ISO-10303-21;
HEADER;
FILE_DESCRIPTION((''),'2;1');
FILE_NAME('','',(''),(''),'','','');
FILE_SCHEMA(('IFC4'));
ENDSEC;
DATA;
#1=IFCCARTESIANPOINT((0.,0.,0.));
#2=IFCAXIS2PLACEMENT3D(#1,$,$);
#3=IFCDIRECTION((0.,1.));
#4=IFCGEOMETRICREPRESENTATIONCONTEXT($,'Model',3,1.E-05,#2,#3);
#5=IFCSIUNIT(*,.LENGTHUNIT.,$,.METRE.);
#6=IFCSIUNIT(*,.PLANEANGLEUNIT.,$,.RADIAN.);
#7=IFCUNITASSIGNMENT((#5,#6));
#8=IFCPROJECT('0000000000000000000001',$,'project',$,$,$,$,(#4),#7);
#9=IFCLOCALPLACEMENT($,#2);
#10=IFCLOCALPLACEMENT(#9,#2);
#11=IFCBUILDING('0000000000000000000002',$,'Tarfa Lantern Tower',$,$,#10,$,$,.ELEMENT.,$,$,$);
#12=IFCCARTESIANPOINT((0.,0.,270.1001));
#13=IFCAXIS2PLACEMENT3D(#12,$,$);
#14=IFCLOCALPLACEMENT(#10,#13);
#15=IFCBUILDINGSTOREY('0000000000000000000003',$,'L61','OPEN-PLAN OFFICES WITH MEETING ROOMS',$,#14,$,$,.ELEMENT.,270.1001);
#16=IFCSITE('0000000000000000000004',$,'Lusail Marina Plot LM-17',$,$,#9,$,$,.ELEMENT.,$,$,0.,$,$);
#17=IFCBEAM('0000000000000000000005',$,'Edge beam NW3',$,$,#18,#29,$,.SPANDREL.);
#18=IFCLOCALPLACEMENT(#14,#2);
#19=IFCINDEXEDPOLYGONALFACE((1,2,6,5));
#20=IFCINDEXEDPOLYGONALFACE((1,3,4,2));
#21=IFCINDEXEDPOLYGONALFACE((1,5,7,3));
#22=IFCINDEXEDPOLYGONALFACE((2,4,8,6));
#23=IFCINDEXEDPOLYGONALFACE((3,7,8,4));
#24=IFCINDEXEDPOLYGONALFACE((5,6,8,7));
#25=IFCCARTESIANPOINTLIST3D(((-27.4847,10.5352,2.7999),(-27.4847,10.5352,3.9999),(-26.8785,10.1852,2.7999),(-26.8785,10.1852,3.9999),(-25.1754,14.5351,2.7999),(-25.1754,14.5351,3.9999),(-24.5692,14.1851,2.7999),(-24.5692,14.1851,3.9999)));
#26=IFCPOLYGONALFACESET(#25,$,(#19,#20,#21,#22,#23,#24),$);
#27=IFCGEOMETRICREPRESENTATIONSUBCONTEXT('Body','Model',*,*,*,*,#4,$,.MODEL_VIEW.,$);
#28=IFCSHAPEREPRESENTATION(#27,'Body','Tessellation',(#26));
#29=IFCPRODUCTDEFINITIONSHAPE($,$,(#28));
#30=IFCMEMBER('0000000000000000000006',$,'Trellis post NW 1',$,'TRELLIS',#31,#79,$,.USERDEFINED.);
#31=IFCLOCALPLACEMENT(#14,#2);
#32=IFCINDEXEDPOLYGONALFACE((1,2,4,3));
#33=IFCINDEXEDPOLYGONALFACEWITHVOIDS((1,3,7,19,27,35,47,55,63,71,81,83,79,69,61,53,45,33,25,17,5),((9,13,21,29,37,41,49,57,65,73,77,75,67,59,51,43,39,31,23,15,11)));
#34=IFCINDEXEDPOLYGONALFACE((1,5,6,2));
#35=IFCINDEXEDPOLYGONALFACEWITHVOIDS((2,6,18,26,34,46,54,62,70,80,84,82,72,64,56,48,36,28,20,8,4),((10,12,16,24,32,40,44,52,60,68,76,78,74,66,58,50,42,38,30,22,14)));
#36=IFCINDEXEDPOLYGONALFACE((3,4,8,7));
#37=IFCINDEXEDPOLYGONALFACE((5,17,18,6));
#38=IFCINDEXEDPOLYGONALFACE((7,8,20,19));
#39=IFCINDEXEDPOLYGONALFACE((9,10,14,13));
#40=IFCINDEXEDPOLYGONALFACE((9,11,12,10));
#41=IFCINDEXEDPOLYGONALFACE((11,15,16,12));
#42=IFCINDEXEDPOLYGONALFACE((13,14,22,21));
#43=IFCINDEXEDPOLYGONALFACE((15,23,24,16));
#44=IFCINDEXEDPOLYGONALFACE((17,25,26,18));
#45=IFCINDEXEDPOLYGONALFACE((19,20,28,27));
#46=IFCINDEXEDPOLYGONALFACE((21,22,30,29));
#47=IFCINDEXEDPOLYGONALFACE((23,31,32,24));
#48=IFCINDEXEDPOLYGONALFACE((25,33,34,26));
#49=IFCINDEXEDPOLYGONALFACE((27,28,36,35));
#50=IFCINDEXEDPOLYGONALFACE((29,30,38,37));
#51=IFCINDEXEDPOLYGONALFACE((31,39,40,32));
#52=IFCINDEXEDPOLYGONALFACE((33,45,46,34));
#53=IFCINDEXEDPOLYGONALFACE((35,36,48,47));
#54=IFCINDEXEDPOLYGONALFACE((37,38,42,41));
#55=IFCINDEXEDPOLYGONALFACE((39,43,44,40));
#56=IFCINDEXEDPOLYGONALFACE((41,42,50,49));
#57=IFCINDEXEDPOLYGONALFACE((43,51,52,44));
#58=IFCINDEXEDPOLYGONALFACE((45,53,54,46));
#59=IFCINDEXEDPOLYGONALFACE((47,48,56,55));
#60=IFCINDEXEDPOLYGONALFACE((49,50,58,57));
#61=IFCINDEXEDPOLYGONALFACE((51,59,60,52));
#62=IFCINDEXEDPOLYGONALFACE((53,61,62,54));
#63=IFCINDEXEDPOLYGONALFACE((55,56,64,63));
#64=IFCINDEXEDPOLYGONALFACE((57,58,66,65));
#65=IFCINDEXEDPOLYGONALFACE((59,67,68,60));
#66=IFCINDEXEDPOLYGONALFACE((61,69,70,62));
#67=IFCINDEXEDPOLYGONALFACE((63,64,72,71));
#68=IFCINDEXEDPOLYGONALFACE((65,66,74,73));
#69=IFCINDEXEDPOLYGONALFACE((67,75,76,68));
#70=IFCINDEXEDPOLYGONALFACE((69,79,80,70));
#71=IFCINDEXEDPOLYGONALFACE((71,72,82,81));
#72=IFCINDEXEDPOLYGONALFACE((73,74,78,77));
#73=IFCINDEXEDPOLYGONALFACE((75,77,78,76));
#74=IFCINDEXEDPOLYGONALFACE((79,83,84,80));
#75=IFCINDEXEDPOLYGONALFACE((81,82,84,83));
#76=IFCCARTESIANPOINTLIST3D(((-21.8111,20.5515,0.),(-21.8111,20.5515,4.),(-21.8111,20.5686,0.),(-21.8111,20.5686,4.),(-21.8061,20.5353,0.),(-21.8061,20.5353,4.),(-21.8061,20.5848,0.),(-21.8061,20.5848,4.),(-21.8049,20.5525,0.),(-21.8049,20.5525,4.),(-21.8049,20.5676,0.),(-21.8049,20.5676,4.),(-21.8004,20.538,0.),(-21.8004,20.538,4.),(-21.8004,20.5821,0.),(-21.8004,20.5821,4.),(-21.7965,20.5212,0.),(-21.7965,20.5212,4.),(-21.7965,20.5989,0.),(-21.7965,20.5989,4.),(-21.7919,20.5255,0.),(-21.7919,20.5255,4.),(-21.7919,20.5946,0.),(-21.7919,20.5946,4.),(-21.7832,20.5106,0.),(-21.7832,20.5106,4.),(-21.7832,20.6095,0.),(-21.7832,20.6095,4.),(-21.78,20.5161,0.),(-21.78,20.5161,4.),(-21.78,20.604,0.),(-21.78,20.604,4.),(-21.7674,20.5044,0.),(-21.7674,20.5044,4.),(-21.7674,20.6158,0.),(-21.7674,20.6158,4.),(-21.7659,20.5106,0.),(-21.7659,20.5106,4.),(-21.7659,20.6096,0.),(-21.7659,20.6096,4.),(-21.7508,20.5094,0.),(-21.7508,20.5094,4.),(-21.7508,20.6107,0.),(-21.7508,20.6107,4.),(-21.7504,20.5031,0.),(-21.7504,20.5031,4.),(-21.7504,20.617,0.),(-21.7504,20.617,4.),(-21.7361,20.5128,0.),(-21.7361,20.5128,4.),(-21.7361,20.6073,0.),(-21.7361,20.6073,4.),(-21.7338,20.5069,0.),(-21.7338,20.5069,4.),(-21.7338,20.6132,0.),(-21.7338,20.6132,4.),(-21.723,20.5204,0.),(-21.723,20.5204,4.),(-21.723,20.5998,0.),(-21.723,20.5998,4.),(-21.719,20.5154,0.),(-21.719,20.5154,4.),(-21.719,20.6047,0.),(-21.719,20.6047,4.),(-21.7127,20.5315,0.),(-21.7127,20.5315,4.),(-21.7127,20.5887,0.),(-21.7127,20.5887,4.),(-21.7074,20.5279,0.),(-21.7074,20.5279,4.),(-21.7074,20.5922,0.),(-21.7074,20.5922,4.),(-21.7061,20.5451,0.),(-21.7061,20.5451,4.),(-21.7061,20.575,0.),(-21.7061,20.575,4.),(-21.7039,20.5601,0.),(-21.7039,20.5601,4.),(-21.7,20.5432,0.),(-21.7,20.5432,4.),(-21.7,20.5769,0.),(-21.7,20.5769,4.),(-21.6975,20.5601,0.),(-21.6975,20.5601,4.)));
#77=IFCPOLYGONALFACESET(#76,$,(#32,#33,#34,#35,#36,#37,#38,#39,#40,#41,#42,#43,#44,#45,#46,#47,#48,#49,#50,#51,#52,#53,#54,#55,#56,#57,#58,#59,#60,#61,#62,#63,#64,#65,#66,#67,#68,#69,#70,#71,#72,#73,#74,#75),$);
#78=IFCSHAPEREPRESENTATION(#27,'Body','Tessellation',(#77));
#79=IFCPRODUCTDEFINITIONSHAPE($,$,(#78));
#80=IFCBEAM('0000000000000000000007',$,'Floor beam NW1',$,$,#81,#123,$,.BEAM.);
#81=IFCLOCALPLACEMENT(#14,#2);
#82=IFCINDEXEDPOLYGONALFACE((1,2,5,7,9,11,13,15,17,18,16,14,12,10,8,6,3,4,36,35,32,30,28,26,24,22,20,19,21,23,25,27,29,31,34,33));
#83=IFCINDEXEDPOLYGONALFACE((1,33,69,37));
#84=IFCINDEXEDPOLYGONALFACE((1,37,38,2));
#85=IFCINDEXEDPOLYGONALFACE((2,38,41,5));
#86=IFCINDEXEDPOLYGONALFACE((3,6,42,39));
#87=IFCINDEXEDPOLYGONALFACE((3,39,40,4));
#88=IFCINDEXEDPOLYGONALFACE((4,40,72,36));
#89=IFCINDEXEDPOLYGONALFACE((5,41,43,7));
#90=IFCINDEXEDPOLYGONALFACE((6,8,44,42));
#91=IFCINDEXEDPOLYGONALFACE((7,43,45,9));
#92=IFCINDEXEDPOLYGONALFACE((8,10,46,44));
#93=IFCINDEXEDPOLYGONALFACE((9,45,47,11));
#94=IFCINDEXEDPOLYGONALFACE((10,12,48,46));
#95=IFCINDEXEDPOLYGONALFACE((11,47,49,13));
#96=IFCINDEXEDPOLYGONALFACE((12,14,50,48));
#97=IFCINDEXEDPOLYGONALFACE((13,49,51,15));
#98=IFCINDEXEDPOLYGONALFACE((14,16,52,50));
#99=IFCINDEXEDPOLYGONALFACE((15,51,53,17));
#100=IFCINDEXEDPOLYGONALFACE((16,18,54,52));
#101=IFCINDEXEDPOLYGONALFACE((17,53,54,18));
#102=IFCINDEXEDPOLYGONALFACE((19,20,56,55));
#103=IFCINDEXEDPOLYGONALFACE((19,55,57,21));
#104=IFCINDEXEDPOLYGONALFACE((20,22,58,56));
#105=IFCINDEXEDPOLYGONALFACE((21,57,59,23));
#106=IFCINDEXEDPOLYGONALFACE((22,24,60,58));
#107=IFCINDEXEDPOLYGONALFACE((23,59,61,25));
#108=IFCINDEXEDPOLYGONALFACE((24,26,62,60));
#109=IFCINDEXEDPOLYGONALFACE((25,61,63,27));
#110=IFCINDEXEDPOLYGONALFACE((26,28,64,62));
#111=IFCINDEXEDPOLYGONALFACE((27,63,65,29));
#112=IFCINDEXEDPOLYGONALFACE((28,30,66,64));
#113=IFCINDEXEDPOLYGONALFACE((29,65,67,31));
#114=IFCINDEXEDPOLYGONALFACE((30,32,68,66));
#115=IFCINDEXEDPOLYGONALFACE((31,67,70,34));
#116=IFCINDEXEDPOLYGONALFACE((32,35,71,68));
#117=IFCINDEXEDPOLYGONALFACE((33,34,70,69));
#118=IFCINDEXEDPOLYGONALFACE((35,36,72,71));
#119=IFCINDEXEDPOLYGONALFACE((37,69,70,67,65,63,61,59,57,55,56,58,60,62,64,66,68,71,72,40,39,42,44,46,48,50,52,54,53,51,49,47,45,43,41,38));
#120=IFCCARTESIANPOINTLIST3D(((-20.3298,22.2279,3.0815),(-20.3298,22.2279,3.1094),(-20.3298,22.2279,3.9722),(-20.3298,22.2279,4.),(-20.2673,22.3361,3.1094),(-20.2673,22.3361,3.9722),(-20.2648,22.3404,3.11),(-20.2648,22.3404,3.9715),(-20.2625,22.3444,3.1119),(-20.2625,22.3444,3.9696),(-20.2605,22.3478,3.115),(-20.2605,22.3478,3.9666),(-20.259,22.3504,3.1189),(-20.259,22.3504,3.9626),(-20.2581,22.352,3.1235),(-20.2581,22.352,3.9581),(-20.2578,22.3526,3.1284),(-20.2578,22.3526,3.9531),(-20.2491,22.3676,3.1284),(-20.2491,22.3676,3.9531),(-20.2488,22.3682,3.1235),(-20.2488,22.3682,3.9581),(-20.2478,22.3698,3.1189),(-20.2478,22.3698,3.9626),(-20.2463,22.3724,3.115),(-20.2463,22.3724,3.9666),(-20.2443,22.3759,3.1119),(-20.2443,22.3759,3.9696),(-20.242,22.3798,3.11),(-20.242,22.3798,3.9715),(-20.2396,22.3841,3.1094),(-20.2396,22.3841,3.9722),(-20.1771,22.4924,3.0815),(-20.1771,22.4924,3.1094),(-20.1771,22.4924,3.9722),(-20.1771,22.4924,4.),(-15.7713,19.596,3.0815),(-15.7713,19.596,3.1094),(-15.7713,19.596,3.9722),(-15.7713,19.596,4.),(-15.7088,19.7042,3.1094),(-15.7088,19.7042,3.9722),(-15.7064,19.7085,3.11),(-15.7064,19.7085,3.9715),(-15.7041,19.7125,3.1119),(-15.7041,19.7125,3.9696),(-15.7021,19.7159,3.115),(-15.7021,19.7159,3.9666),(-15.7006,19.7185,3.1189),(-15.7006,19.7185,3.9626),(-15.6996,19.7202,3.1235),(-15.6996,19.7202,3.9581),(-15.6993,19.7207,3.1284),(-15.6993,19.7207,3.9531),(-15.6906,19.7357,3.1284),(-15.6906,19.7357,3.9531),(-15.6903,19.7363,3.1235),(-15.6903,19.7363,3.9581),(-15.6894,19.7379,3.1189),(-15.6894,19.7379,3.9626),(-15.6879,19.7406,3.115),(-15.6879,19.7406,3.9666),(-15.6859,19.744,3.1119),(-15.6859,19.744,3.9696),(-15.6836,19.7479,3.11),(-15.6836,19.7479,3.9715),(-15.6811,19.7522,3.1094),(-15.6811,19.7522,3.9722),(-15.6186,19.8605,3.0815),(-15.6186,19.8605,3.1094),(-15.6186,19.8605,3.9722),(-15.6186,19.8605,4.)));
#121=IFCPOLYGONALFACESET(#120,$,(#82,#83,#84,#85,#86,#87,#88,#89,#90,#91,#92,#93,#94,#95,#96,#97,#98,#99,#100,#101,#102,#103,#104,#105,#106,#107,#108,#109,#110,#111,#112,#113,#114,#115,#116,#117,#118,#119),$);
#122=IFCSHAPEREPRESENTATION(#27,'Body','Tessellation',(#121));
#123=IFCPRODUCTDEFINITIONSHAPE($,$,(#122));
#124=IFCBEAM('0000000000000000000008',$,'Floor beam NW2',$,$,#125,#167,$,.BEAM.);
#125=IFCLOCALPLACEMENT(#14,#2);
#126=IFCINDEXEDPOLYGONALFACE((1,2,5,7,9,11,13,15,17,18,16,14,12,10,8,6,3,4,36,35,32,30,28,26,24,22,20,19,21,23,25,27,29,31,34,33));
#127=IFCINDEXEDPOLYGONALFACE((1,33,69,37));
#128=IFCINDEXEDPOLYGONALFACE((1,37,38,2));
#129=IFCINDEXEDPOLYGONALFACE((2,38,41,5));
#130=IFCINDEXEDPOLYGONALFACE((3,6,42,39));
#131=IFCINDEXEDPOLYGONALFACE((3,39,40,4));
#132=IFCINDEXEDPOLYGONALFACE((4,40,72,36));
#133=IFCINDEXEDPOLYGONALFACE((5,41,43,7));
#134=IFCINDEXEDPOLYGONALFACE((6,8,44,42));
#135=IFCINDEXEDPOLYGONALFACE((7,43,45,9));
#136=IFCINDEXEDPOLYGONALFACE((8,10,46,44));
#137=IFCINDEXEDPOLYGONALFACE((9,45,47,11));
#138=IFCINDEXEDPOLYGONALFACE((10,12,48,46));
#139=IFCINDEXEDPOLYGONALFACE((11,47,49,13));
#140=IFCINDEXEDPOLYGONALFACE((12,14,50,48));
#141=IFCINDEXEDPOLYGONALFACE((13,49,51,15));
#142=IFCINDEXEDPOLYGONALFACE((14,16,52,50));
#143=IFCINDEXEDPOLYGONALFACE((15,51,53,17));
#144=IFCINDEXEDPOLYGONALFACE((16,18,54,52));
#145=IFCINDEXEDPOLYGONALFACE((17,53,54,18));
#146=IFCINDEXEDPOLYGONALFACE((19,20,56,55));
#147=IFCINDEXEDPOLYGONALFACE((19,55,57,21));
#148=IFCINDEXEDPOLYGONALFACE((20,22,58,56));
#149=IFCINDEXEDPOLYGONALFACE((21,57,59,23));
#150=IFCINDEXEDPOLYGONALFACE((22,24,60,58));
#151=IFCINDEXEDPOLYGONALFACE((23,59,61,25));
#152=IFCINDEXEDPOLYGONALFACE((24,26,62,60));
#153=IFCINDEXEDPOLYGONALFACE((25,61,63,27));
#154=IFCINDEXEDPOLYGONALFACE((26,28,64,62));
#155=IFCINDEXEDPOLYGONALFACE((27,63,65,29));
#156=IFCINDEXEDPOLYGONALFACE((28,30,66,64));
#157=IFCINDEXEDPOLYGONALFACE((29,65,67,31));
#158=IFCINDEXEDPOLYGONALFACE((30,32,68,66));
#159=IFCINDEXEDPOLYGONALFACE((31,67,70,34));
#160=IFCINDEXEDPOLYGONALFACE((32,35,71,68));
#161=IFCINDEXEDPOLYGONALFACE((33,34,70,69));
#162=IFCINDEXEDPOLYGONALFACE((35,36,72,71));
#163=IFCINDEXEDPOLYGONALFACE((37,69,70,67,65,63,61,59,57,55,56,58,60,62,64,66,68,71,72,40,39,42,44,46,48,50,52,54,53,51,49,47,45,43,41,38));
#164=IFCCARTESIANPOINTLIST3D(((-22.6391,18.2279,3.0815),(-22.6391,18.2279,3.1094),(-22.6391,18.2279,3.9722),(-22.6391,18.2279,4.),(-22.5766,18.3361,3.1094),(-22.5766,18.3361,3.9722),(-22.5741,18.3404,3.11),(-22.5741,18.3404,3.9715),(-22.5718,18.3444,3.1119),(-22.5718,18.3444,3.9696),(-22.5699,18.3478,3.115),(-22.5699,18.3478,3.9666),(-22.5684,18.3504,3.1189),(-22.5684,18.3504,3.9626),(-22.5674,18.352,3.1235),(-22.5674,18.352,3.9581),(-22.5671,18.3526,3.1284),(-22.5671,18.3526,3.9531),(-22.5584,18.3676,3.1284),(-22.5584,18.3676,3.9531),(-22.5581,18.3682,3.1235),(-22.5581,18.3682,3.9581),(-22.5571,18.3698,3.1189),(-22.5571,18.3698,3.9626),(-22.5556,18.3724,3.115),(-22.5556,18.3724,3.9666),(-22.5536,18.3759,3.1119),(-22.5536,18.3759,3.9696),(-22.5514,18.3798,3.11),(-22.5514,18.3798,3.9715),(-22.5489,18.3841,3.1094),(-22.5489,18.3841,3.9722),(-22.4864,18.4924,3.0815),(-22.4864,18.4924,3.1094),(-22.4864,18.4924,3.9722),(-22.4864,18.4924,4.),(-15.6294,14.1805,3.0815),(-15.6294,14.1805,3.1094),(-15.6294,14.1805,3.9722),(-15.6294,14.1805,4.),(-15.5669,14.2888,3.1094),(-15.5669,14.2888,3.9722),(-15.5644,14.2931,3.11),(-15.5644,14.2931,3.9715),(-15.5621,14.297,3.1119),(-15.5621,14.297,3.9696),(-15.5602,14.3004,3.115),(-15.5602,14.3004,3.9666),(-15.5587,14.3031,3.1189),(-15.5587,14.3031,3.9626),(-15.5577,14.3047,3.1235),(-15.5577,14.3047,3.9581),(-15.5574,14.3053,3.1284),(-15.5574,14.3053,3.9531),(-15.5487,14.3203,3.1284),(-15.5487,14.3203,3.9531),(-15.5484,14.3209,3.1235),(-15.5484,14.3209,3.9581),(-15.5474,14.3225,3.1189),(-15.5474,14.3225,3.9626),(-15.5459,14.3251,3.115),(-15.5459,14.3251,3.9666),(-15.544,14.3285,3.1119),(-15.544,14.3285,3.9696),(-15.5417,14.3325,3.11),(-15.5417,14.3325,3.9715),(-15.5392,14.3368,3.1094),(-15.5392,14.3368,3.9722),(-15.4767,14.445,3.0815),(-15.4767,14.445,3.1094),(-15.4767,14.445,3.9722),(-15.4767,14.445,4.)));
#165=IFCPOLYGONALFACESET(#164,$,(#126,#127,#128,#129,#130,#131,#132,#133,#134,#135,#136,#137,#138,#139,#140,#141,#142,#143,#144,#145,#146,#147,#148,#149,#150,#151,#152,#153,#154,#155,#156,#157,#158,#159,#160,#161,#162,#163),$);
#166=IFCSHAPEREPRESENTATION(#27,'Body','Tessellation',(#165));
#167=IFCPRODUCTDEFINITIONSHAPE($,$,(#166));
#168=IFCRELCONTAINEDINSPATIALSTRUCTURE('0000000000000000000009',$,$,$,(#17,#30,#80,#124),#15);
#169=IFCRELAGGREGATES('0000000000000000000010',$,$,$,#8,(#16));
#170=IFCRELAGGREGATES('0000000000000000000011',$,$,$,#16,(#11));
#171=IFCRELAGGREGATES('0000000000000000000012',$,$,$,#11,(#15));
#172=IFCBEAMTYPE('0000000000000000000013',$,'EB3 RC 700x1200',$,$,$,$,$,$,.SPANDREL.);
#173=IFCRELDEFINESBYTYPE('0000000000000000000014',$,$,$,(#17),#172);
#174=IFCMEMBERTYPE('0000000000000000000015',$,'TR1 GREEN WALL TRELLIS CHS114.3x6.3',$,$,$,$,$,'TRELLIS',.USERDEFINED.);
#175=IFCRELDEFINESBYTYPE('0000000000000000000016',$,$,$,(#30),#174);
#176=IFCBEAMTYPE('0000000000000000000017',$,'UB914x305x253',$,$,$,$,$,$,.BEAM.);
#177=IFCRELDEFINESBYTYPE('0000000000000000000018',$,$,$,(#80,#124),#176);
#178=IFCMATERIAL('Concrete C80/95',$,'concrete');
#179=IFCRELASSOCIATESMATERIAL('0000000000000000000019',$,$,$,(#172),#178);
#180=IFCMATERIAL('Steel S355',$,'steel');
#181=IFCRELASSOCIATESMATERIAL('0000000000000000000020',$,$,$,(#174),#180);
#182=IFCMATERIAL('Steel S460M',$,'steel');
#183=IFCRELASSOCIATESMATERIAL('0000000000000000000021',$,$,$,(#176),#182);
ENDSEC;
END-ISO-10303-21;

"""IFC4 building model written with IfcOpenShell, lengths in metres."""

from ifc_helpers import new_model, si_unit, direction, frame, origin, origin_2d, place, context, subcontext, project, spatial, rectangle, hollow_circle, i_section, extrude, material, material_profile, profile_set, type_object, element, save


model = new_model("IFC4")

# Units and contexts
model_context = context("Model", 3, precision=1e-05, world=origin(), true_north=direction((0.0, 1.0)))
body_context = subcontext(model_context, "Body", "Model", "MODEL_VIEW")
ifc_project = project(units=[si_unit("LENGTHUNIT", "METRE"), si_unit("PLANEANGLEUNIT", "RADIAN")], contexts=[model_context])

# Site, building, storey
site_placement = place(None, origin())
site = spatial("IfcSite", under=ifc_project, at=site_placement, Name="Lusail Marina Plot LM-17", CompositionType="ELEMENT", RefElevation=0.0)
building_placement = place(site_placement, origin())
building = spatial("IfcBuilding", under=site, at=building_placement, Name="Tarfa Lantern Tower", CompositionType="ELEMENT")
storey_placement = place(building_placement, frame((0.0, 0.0, 270.1001)))
storey = spatial("IfcBuildingStorey", under=building, at=storey_placement, Name="L61", Description="OPEN-PLAN OFFICES WITH MEETING ROOMS", CompositionType="ELEMENT", Elevation=270.1001)

# Shared definitions
ifc_material_1 = material(Name="Concrete C80/95", Category="concrete")

# Beam
ifc_material_profile_1 = material_profile(ifc_material_1, rectangle(XDim=0.7, YDim=1.2, at=origin_2d()), Name="RC 700x1200")
ifc_profile_set_1 = profile_set([ifc_material_profile_1], Name="Concrete C80/95")
beam_type_1 = type_object("IfcBeamType", Name="EB3 RC 700x1200", PredefinedType="SPANDREL", material=ifc_profile_set_1)
beam_1_placement = place(storey_placement, frame((-24.8723, 14.3601, 3.3999), z_axis=(-0.499988, -0.866032, 0.0), x_axis=(0.866032, -0.499988, 0.0)))
element("IfcBeam", 1, at=beam_1_placement, inside=storey, type_object=beam_type_1, Name="Edge beam NW3", PredefinedType="SPANDREL", context=body_context, shape_type="SweptSolid", body=[
    extrude(rectangle(XDim=0.7, YDim=1.2, at=origin_2d()), origin(), (0.0, 0.0, 1.0), 4.6187),
])

# Member
ifc_material_2 = material(Name="Steel S355", Category="steel")
ifc_material_profile_2 = material_profile(ifc_material_2, hollow_circle(Radius=0.0571, WallThickness=0.0063, at=origin_2d()), Name="CHS114.3x6.3")
ifc_profile_set_2 = profile_set([ifc_material_profile_2], Name="Steel S355")
member_type_1 = type_object("IfcMemberType", Name="TR1 GREEN WALL TRELLIS CHS114.3x6.3", ElementType="TRELLIS", PredefinedType="USERDEFINED", material=ifc_profile_set_2)
member_1_placement = place(storey_placement, frame((-21.7546, 20.5601, 0.0), z_axis=(0.0, 0.0, 1.0), x_axis=(1.0, 0.0, 0.0)))
element("IfcMember", 2, at=member_1_placement, inside=storey, type_object=member_type_1, Name="Trellis post NW 1", ObjectType="TRELLIS", PredefinedType="USERDEFINED", context=body_context, shape_type="SweptSolid", body=[
    extrude(hollow_circle(Radius=0.0571, WallThickness=0.0063, at=origin_2d()), origin(), (0.0, 0.0, 1.0), 4.0),
])

# Beams
ifc_material_3 = material(Name="Steel S460M", Category="steel")
ifc_material_profile_3 = material_profile(ifc_material_3, i_section(OverallWidth=0.3054, OverallDepth=0.9185, WebThickness=0.0173, FlangeThickness=0.0278, FilletRadius=0.019, at=origin_2d()), Name="UB914x305x253")
ifc_profile_set_3 = profile_set([ifc_material_profile_3], Name="Steel S460M")
beam_type_2 = type_object("IfcBeamType", Name="UB914x305x253", PredefinedType="BEAM", material=ifc_profile_set_3)
beam_2_placement = place(storey_placement, frame((-20.2534, 22.3601, 3.5408), z_axis=(0.86602, -0.50001, 0.0), x_axis=(0.50001, 0.86602, 0.0)))
element("IfcBeam", 3, at=beam_2_placement, inside=storey, type_object=beam_type_2, Name="Floor beam NW1", PredefinedType="BEAM", context=body_context, shape_type="SweptSolid", body=[
    extrude(i_section(OverallWidth=0.3054, OverallDepth=0.9185, WebThickness=0.0173, FlangeThickness=0.0278, FilletRadius=0.019, at=origin_2d()), origin(), (0.0, 0.0, 1.0), 5.2637),
])
beam_3_placement = place(storey_placement, frame((-22.5627, 18.3601, 3.5408), z_axis=(0.866011, -0.500025, 0.0), x_axis=(0.500025, 0.866011, 0.0)))
element("IfcBeam", 4, at=beam_3_placement, inside=storey, type_object=beam_type_2, Name="Floor beam NW2", PredefinedType="BEAM", context=body_context, shape_type="SweptSolid", body=[
    extrude(i_section(OverallWidth=0.3054, OverallDepth=0.9185, WebThickness=0.0173, FlangeThickness=0.0278, FilletRadius=0.019, at=origin_2d()), origin(), (0.0, 0.0, 1.0), 8.0942),
])

save(model, "model.ifc")
